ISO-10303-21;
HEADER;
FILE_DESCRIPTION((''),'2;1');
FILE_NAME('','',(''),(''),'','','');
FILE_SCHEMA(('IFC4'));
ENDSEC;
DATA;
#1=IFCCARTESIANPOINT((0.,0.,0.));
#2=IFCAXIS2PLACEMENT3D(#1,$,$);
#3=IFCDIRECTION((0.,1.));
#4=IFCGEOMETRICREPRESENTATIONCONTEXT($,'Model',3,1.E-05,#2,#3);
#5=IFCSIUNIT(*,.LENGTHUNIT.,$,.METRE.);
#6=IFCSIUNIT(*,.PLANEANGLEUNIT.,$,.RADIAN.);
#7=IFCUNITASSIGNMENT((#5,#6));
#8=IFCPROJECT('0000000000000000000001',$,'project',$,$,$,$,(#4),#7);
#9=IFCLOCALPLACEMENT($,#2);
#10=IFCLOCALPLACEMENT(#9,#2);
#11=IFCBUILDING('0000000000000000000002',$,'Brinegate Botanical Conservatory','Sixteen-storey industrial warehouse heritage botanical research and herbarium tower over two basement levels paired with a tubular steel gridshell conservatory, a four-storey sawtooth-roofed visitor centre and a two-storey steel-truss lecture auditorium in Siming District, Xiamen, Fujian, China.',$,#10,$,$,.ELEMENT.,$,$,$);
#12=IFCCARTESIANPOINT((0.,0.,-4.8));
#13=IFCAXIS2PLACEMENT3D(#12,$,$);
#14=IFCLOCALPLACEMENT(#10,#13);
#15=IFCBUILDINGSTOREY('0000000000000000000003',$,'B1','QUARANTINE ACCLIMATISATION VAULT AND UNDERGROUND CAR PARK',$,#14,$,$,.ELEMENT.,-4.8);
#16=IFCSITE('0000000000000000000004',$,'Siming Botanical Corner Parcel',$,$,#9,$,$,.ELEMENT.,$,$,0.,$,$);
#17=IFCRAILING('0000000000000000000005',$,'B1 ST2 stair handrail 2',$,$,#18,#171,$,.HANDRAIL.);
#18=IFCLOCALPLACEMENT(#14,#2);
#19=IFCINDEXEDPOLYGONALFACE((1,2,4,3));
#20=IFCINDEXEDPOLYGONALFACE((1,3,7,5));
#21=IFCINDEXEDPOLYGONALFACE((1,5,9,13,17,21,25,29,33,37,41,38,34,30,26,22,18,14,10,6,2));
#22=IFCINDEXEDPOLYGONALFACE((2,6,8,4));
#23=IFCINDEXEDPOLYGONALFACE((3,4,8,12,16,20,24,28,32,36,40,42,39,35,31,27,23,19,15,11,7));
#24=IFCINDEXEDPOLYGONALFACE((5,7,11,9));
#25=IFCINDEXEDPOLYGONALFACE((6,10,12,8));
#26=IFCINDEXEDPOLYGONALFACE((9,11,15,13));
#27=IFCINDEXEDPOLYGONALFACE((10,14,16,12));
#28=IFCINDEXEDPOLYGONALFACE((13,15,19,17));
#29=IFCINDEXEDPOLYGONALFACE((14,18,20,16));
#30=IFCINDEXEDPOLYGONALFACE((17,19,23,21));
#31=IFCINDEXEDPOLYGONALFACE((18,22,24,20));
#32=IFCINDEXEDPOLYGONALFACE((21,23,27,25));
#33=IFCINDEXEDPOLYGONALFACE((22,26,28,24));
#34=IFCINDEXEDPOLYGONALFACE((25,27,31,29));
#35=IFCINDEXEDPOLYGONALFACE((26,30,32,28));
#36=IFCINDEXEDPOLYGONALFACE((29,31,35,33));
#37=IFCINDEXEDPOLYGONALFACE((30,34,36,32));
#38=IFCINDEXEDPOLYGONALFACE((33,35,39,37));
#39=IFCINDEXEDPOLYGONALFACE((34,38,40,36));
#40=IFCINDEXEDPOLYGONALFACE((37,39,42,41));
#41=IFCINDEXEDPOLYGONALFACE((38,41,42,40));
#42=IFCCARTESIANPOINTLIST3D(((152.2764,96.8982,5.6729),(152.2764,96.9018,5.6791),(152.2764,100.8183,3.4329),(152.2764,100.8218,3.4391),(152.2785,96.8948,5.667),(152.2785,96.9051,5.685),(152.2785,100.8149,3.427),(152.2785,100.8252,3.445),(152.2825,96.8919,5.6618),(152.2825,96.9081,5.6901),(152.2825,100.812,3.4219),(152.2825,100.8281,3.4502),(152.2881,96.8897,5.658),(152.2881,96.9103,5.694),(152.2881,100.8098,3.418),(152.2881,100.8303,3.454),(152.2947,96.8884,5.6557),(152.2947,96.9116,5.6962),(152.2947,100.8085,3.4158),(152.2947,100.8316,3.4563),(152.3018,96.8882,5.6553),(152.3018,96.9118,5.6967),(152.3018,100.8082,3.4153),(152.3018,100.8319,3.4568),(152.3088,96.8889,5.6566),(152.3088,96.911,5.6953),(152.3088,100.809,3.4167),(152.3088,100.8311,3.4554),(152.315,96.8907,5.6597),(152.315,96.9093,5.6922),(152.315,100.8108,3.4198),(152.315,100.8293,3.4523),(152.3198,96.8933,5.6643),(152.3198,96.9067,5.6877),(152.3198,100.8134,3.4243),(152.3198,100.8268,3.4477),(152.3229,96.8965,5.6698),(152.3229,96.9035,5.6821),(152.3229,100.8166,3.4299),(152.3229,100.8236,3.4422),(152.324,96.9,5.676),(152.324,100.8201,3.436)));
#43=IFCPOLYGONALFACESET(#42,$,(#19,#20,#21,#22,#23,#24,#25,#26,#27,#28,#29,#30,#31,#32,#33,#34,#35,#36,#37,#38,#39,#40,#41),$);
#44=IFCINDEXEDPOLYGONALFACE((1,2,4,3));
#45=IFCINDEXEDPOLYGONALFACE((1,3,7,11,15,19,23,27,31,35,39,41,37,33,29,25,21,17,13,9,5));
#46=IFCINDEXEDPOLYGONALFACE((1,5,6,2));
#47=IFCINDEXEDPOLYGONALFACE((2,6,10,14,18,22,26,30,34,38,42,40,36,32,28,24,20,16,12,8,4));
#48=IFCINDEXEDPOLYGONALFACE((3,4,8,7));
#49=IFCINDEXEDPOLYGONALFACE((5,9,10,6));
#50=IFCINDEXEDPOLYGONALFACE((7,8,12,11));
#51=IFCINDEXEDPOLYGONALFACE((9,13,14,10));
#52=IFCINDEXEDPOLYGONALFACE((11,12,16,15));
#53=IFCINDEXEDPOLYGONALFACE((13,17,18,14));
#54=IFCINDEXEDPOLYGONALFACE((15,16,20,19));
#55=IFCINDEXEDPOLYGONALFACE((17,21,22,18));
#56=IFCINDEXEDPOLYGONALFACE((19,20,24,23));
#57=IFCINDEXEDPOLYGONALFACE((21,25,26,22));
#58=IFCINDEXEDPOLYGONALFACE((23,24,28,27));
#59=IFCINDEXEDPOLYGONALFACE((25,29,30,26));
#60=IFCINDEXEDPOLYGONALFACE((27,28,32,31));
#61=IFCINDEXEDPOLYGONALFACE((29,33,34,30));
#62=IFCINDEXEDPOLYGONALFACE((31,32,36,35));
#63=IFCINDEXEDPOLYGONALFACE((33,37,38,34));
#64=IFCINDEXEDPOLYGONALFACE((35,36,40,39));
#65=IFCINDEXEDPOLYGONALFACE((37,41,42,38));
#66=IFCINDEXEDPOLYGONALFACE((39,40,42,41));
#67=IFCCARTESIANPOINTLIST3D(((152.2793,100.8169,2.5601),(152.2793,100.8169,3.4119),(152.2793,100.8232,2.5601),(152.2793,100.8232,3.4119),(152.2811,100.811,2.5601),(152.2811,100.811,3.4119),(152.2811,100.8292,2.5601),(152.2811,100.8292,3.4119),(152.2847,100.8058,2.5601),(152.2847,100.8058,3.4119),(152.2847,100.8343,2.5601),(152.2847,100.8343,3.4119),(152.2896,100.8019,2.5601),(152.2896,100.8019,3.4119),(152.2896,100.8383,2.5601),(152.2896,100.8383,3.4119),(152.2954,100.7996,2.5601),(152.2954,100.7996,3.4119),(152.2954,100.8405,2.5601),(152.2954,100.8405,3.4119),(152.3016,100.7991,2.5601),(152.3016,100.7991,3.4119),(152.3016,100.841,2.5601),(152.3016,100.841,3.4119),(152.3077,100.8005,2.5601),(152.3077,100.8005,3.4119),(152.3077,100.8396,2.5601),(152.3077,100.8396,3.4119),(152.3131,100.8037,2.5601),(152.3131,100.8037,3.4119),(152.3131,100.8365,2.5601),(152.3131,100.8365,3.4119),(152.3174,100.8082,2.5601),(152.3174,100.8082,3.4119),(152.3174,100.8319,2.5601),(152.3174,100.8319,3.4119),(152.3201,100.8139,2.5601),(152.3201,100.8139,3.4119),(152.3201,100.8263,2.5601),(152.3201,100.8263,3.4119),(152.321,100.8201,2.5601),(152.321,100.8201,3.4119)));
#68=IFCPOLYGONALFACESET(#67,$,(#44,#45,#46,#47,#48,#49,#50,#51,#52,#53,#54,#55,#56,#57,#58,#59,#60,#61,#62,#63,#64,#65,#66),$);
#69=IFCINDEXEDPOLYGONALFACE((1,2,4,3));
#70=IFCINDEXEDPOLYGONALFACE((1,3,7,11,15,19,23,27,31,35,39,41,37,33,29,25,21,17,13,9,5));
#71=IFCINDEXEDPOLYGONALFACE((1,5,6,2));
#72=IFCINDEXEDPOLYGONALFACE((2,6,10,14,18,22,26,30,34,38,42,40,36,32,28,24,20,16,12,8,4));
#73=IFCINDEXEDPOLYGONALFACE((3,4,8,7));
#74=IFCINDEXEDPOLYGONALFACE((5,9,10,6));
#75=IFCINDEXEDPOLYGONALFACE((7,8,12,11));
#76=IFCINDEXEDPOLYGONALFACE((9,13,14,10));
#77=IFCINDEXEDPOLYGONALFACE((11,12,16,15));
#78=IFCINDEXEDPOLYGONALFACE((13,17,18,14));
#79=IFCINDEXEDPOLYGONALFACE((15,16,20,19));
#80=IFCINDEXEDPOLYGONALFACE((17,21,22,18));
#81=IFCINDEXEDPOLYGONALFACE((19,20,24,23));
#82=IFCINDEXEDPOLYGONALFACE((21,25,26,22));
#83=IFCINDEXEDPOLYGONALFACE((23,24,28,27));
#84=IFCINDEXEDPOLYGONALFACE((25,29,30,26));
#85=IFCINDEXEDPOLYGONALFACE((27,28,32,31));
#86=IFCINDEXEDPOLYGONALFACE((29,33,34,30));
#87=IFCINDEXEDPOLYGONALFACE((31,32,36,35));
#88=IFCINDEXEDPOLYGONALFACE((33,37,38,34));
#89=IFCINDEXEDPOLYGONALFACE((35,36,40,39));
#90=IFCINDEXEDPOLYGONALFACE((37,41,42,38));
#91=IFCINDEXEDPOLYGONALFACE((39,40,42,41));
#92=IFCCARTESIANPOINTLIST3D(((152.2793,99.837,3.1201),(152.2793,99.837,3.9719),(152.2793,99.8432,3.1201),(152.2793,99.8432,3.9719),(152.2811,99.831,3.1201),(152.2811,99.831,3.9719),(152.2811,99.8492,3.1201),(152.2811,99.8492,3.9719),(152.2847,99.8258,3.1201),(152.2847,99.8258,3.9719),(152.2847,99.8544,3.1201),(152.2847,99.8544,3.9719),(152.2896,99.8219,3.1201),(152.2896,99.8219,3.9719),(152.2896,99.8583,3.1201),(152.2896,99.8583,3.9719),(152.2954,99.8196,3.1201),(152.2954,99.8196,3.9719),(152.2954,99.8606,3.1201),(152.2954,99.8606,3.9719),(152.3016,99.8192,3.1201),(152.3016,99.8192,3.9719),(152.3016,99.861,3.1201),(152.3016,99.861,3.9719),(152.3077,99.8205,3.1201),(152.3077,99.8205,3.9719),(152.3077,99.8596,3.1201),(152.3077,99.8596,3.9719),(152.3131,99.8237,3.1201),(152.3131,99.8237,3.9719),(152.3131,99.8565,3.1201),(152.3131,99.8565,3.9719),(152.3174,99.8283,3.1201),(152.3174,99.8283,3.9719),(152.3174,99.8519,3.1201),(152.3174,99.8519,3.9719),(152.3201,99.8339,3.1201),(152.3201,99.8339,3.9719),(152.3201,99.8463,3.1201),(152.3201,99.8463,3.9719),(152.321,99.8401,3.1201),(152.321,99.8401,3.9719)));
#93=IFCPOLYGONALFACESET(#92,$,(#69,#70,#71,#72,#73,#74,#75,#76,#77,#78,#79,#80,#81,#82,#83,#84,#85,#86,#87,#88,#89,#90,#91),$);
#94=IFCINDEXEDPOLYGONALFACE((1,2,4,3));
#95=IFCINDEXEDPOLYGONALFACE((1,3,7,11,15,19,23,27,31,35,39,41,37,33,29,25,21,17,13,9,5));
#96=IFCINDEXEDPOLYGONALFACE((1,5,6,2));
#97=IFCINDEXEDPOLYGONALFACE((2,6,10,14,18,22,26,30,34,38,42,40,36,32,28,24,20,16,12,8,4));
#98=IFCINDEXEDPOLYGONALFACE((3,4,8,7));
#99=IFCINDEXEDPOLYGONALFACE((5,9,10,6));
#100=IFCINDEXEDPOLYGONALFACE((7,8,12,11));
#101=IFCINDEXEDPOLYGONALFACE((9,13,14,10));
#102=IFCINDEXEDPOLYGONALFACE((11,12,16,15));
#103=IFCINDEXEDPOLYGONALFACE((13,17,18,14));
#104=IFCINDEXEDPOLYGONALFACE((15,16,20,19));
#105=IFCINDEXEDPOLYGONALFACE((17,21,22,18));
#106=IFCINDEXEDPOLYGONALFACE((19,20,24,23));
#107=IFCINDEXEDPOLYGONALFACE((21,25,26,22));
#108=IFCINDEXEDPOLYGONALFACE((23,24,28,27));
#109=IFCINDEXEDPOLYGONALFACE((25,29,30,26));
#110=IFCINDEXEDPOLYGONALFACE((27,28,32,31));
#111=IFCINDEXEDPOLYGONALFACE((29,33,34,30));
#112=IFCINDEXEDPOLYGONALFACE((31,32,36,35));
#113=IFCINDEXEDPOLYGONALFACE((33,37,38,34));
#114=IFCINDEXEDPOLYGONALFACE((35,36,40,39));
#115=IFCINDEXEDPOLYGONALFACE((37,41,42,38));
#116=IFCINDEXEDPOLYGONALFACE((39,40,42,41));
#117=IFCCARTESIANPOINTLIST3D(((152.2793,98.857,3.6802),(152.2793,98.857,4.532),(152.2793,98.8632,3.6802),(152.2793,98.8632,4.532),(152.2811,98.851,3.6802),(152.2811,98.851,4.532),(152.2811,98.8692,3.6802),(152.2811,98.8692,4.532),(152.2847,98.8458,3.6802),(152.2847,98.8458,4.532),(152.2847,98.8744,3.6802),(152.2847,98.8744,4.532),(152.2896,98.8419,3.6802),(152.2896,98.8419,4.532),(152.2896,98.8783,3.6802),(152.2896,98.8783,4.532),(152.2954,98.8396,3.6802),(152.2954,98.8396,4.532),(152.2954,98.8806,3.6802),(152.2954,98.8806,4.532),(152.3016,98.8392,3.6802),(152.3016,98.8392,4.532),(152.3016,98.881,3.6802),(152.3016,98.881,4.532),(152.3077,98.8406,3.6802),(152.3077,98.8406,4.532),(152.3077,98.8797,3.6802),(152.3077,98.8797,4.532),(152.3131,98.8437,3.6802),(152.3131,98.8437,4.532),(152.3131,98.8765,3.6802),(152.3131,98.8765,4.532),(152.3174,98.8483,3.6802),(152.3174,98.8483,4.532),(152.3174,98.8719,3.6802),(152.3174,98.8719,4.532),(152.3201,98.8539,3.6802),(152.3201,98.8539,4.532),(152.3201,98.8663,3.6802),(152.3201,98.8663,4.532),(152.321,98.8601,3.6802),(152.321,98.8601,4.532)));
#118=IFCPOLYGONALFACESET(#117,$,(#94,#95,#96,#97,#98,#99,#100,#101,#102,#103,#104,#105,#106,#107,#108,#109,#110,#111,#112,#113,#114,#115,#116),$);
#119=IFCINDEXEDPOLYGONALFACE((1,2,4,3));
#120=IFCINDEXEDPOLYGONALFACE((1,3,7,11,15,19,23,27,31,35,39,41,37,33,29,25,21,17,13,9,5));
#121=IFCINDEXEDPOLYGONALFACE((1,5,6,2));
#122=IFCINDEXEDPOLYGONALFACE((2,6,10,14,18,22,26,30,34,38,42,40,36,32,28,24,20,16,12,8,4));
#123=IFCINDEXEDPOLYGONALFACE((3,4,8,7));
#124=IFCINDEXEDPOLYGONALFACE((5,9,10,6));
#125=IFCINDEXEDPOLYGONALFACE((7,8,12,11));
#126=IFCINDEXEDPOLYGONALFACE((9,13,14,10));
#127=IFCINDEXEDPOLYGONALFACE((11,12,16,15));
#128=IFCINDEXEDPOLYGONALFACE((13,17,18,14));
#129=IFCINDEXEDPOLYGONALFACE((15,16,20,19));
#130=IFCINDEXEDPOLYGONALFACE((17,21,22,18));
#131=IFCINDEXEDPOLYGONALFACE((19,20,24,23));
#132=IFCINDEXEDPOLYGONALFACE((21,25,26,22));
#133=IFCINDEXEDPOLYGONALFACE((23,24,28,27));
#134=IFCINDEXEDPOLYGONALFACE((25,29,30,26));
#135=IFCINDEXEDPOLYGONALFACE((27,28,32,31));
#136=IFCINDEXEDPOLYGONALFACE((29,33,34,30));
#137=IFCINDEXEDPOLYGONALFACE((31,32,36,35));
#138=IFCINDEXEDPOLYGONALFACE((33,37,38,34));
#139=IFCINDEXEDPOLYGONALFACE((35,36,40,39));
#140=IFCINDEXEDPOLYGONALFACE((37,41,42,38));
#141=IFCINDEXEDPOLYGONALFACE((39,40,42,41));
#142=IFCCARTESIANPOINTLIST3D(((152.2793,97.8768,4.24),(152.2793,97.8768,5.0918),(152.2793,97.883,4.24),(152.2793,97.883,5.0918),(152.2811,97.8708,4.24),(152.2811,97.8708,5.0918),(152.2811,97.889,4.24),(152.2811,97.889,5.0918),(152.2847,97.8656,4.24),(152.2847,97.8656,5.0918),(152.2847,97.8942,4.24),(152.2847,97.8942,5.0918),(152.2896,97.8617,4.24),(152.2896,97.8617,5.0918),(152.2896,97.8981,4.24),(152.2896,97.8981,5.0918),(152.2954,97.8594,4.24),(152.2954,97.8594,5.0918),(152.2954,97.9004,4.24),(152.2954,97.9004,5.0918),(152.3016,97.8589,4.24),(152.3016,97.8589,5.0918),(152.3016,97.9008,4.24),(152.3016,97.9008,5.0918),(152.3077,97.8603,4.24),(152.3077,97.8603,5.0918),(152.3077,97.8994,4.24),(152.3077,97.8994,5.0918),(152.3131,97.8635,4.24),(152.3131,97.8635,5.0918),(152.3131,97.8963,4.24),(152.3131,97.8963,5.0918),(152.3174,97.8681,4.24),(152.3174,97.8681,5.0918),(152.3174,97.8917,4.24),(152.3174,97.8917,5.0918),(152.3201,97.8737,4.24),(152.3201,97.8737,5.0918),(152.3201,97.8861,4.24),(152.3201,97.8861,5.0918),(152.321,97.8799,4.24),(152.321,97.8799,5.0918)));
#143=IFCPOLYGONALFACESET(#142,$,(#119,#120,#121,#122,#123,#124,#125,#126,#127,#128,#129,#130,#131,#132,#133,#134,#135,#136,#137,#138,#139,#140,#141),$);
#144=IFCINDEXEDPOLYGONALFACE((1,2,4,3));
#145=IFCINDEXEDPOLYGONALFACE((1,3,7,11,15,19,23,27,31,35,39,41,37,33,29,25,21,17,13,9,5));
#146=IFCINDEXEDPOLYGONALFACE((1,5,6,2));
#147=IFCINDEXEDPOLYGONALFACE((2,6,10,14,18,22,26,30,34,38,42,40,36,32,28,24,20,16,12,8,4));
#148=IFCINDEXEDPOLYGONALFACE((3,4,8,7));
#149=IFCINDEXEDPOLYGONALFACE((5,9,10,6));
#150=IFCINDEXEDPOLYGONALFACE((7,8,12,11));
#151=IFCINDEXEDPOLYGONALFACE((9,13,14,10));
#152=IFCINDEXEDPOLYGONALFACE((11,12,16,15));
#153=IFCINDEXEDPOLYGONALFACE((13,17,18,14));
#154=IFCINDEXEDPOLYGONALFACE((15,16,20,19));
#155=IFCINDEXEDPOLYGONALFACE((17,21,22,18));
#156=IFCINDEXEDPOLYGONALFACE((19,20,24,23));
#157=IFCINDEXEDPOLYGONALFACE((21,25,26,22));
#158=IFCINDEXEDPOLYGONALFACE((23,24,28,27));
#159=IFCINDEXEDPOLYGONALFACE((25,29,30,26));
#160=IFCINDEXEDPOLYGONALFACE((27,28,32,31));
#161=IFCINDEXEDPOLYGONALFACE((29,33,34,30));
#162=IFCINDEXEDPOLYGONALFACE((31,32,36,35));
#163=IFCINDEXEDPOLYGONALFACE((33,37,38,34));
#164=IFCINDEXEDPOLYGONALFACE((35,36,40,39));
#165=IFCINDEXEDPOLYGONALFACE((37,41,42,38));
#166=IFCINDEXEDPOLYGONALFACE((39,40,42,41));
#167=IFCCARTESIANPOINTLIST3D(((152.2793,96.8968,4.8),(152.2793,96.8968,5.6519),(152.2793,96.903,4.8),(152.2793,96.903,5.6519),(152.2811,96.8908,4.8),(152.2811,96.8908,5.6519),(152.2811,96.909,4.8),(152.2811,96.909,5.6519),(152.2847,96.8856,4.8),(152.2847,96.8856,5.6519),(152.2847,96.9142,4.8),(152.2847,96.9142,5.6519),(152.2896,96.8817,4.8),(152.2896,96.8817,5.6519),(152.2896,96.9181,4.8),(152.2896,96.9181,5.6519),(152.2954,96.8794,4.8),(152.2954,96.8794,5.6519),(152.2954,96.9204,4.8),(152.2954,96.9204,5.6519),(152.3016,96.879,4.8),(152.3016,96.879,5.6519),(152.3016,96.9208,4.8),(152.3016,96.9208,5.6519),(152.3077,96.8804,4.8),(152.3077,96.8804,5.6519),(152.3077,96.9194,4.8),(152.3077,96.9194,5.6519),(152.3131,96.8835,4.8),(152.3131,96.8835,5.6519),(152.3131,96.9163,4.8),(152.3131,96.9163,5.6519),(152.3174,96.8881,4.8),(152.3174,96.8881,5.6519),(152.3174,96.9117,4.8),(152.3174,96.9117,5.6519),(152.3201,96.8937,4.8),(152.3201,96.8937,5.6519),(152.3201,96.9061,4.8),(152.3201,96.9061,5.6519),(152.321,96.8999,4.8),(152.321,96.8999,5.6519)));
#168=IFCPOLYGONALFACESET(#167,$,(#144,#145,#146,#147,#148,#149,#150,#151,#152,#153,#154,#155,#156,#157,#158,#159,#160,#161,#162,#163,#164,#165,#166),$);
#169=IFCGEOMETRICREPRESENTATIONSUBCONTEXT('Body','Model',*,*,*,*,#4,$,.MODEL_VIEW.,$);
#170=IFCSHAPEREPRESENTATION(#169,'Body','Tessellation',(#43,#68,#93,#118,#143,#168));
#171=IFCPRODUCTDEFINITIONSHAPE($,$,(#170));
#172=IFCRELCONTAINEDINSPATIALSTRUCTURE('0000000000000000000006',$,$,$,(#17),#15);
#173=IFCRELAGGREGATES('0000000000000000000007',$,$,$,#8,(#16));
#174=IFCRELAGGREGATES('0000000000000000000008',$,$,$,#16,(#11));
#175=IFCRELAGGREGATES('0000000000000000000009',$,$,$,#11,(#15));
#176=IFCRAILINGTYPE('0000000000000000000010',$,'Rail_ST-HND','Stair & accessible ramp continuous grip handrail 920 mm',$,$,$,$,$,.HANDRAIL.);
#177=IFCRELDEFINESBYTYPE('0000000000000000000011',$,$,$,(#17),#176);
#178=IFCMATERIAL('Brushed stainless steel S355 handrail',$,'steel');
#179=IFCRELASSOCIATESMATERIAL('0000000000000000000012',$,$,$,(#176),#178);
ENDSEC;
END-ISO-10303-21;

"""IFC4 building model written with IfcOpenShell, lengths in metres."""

from ifc_helpers import new_model, si_unit, direction, frame, origin, origin_2d, place, context, subcontext, project, spatial, circle, extrude, material, type_object, element, save


model = new_model("IFC4")

# Units and contexts
model_context = context("Model", 3, precision=1e-05, world=origin(), true_north=direction((0.0, 1.0)))
body_context = subcontext(model_context, "Body", "Model", "MODEL_VIEW")
ifc_project = project(units=[si_unit("LENGTHUNIT", "METRE"), si_unit("PLANEANGLEUNIT", "RADIAN")], contexts=[model_context])

# Site, building, storey
site_placement = place(None, origin())
site = spatial("IfcSite", under=ifc_project, at=site_placement, Name="Siming Botanical Corner Parcel", CompositionType="ELEMENT", RefElevation=0.0)
building_placement = place(site_placement, origin())
building = spatial("IfcBuilding", under=site, at=building_placement, Name="Brinegate Botanical Conservatory", Description="Sixteen-storey industrial warehouse heritage botanical research and herbarium tower over two basement levels paired with a tubular steel gridshell conservatory, a four-storey sawtooth-roofed visitor centre and a two-storey steel-truss lecture auditorium in Siming District, Xiamen, Fujian, China.", CompositionType="ELEMENT")
storey_placement = place(building_placement, frame((0.0, 0.0, -4.8)))
storey = spatial("IfcBuildingStorey", under=building, at=storey_placement, Name="B1", Description="QUARANTINE ACCLIMATISATION VAULT AND UNDERGROUND CAR PARK", CompositionType="ELEMENT", Elevation=-4.8)

# Railing
ifc_material_1 = material(Name="Brushed stainless steel S355 handrail", Category="steel")
railing_type_1 = type_object("IfcRailingType", Name="Rail_ST-HND", Description="Stair & accessible ramp continuous grip handrail 920 mm", PredefinedType="HANDRAIL", material=ifc_material_1)
railing_1_placement = place(storey_placement, frame((152.3, 100.8201, 2.5601)))
element("IfcRailing", 1, at=railing_1_placement, inside=storey, type_object=railing_type_1, Name="B1 ST2 stair handrail 2", PredefinedType="HANDRAIL", context=body_context, shape_type="SweptSolid", body=[
    extrude(circle(Radius=0.0239, at=origin_2d()), frame((0.0, 0.0, 0.876), z_axis=(0.0, -0.868253, 0.496121), x_axis=(1.0, 0.0, 0.0)), (0.0, 0.0, 1.0), 4.5149),
    extrude(circle(Radius=0.021, at=origin_2d()), origin(), (0.0, 0.0, 1.0), 0.8518),
    extrude(circle(Radius=0.021, at=origin_2d()), frame((0.0, -0.98, 0.5601)), (0.0, 0.0, 1.0), 0.8518),
    extrude(circle(Radius=0.021, at=origin_2d()), frame((0.0, -1.96, 1.1201)), (0.0, 0.0, 1.0), 0.8518),
    extrude(circle(Radius=0.021, at=origin_2d()), frame((0.0, -2.9402, 1.6799)), (0.0, 0.0, 1.0), 0.8518),
    extrude(circle(Radius=0.021, at=origin_2d()), frame((0.0, -3.9202, 2.24)), (0.0, 0.0, 1.0), 0.8518),
])

save(model, "model.ifc")
